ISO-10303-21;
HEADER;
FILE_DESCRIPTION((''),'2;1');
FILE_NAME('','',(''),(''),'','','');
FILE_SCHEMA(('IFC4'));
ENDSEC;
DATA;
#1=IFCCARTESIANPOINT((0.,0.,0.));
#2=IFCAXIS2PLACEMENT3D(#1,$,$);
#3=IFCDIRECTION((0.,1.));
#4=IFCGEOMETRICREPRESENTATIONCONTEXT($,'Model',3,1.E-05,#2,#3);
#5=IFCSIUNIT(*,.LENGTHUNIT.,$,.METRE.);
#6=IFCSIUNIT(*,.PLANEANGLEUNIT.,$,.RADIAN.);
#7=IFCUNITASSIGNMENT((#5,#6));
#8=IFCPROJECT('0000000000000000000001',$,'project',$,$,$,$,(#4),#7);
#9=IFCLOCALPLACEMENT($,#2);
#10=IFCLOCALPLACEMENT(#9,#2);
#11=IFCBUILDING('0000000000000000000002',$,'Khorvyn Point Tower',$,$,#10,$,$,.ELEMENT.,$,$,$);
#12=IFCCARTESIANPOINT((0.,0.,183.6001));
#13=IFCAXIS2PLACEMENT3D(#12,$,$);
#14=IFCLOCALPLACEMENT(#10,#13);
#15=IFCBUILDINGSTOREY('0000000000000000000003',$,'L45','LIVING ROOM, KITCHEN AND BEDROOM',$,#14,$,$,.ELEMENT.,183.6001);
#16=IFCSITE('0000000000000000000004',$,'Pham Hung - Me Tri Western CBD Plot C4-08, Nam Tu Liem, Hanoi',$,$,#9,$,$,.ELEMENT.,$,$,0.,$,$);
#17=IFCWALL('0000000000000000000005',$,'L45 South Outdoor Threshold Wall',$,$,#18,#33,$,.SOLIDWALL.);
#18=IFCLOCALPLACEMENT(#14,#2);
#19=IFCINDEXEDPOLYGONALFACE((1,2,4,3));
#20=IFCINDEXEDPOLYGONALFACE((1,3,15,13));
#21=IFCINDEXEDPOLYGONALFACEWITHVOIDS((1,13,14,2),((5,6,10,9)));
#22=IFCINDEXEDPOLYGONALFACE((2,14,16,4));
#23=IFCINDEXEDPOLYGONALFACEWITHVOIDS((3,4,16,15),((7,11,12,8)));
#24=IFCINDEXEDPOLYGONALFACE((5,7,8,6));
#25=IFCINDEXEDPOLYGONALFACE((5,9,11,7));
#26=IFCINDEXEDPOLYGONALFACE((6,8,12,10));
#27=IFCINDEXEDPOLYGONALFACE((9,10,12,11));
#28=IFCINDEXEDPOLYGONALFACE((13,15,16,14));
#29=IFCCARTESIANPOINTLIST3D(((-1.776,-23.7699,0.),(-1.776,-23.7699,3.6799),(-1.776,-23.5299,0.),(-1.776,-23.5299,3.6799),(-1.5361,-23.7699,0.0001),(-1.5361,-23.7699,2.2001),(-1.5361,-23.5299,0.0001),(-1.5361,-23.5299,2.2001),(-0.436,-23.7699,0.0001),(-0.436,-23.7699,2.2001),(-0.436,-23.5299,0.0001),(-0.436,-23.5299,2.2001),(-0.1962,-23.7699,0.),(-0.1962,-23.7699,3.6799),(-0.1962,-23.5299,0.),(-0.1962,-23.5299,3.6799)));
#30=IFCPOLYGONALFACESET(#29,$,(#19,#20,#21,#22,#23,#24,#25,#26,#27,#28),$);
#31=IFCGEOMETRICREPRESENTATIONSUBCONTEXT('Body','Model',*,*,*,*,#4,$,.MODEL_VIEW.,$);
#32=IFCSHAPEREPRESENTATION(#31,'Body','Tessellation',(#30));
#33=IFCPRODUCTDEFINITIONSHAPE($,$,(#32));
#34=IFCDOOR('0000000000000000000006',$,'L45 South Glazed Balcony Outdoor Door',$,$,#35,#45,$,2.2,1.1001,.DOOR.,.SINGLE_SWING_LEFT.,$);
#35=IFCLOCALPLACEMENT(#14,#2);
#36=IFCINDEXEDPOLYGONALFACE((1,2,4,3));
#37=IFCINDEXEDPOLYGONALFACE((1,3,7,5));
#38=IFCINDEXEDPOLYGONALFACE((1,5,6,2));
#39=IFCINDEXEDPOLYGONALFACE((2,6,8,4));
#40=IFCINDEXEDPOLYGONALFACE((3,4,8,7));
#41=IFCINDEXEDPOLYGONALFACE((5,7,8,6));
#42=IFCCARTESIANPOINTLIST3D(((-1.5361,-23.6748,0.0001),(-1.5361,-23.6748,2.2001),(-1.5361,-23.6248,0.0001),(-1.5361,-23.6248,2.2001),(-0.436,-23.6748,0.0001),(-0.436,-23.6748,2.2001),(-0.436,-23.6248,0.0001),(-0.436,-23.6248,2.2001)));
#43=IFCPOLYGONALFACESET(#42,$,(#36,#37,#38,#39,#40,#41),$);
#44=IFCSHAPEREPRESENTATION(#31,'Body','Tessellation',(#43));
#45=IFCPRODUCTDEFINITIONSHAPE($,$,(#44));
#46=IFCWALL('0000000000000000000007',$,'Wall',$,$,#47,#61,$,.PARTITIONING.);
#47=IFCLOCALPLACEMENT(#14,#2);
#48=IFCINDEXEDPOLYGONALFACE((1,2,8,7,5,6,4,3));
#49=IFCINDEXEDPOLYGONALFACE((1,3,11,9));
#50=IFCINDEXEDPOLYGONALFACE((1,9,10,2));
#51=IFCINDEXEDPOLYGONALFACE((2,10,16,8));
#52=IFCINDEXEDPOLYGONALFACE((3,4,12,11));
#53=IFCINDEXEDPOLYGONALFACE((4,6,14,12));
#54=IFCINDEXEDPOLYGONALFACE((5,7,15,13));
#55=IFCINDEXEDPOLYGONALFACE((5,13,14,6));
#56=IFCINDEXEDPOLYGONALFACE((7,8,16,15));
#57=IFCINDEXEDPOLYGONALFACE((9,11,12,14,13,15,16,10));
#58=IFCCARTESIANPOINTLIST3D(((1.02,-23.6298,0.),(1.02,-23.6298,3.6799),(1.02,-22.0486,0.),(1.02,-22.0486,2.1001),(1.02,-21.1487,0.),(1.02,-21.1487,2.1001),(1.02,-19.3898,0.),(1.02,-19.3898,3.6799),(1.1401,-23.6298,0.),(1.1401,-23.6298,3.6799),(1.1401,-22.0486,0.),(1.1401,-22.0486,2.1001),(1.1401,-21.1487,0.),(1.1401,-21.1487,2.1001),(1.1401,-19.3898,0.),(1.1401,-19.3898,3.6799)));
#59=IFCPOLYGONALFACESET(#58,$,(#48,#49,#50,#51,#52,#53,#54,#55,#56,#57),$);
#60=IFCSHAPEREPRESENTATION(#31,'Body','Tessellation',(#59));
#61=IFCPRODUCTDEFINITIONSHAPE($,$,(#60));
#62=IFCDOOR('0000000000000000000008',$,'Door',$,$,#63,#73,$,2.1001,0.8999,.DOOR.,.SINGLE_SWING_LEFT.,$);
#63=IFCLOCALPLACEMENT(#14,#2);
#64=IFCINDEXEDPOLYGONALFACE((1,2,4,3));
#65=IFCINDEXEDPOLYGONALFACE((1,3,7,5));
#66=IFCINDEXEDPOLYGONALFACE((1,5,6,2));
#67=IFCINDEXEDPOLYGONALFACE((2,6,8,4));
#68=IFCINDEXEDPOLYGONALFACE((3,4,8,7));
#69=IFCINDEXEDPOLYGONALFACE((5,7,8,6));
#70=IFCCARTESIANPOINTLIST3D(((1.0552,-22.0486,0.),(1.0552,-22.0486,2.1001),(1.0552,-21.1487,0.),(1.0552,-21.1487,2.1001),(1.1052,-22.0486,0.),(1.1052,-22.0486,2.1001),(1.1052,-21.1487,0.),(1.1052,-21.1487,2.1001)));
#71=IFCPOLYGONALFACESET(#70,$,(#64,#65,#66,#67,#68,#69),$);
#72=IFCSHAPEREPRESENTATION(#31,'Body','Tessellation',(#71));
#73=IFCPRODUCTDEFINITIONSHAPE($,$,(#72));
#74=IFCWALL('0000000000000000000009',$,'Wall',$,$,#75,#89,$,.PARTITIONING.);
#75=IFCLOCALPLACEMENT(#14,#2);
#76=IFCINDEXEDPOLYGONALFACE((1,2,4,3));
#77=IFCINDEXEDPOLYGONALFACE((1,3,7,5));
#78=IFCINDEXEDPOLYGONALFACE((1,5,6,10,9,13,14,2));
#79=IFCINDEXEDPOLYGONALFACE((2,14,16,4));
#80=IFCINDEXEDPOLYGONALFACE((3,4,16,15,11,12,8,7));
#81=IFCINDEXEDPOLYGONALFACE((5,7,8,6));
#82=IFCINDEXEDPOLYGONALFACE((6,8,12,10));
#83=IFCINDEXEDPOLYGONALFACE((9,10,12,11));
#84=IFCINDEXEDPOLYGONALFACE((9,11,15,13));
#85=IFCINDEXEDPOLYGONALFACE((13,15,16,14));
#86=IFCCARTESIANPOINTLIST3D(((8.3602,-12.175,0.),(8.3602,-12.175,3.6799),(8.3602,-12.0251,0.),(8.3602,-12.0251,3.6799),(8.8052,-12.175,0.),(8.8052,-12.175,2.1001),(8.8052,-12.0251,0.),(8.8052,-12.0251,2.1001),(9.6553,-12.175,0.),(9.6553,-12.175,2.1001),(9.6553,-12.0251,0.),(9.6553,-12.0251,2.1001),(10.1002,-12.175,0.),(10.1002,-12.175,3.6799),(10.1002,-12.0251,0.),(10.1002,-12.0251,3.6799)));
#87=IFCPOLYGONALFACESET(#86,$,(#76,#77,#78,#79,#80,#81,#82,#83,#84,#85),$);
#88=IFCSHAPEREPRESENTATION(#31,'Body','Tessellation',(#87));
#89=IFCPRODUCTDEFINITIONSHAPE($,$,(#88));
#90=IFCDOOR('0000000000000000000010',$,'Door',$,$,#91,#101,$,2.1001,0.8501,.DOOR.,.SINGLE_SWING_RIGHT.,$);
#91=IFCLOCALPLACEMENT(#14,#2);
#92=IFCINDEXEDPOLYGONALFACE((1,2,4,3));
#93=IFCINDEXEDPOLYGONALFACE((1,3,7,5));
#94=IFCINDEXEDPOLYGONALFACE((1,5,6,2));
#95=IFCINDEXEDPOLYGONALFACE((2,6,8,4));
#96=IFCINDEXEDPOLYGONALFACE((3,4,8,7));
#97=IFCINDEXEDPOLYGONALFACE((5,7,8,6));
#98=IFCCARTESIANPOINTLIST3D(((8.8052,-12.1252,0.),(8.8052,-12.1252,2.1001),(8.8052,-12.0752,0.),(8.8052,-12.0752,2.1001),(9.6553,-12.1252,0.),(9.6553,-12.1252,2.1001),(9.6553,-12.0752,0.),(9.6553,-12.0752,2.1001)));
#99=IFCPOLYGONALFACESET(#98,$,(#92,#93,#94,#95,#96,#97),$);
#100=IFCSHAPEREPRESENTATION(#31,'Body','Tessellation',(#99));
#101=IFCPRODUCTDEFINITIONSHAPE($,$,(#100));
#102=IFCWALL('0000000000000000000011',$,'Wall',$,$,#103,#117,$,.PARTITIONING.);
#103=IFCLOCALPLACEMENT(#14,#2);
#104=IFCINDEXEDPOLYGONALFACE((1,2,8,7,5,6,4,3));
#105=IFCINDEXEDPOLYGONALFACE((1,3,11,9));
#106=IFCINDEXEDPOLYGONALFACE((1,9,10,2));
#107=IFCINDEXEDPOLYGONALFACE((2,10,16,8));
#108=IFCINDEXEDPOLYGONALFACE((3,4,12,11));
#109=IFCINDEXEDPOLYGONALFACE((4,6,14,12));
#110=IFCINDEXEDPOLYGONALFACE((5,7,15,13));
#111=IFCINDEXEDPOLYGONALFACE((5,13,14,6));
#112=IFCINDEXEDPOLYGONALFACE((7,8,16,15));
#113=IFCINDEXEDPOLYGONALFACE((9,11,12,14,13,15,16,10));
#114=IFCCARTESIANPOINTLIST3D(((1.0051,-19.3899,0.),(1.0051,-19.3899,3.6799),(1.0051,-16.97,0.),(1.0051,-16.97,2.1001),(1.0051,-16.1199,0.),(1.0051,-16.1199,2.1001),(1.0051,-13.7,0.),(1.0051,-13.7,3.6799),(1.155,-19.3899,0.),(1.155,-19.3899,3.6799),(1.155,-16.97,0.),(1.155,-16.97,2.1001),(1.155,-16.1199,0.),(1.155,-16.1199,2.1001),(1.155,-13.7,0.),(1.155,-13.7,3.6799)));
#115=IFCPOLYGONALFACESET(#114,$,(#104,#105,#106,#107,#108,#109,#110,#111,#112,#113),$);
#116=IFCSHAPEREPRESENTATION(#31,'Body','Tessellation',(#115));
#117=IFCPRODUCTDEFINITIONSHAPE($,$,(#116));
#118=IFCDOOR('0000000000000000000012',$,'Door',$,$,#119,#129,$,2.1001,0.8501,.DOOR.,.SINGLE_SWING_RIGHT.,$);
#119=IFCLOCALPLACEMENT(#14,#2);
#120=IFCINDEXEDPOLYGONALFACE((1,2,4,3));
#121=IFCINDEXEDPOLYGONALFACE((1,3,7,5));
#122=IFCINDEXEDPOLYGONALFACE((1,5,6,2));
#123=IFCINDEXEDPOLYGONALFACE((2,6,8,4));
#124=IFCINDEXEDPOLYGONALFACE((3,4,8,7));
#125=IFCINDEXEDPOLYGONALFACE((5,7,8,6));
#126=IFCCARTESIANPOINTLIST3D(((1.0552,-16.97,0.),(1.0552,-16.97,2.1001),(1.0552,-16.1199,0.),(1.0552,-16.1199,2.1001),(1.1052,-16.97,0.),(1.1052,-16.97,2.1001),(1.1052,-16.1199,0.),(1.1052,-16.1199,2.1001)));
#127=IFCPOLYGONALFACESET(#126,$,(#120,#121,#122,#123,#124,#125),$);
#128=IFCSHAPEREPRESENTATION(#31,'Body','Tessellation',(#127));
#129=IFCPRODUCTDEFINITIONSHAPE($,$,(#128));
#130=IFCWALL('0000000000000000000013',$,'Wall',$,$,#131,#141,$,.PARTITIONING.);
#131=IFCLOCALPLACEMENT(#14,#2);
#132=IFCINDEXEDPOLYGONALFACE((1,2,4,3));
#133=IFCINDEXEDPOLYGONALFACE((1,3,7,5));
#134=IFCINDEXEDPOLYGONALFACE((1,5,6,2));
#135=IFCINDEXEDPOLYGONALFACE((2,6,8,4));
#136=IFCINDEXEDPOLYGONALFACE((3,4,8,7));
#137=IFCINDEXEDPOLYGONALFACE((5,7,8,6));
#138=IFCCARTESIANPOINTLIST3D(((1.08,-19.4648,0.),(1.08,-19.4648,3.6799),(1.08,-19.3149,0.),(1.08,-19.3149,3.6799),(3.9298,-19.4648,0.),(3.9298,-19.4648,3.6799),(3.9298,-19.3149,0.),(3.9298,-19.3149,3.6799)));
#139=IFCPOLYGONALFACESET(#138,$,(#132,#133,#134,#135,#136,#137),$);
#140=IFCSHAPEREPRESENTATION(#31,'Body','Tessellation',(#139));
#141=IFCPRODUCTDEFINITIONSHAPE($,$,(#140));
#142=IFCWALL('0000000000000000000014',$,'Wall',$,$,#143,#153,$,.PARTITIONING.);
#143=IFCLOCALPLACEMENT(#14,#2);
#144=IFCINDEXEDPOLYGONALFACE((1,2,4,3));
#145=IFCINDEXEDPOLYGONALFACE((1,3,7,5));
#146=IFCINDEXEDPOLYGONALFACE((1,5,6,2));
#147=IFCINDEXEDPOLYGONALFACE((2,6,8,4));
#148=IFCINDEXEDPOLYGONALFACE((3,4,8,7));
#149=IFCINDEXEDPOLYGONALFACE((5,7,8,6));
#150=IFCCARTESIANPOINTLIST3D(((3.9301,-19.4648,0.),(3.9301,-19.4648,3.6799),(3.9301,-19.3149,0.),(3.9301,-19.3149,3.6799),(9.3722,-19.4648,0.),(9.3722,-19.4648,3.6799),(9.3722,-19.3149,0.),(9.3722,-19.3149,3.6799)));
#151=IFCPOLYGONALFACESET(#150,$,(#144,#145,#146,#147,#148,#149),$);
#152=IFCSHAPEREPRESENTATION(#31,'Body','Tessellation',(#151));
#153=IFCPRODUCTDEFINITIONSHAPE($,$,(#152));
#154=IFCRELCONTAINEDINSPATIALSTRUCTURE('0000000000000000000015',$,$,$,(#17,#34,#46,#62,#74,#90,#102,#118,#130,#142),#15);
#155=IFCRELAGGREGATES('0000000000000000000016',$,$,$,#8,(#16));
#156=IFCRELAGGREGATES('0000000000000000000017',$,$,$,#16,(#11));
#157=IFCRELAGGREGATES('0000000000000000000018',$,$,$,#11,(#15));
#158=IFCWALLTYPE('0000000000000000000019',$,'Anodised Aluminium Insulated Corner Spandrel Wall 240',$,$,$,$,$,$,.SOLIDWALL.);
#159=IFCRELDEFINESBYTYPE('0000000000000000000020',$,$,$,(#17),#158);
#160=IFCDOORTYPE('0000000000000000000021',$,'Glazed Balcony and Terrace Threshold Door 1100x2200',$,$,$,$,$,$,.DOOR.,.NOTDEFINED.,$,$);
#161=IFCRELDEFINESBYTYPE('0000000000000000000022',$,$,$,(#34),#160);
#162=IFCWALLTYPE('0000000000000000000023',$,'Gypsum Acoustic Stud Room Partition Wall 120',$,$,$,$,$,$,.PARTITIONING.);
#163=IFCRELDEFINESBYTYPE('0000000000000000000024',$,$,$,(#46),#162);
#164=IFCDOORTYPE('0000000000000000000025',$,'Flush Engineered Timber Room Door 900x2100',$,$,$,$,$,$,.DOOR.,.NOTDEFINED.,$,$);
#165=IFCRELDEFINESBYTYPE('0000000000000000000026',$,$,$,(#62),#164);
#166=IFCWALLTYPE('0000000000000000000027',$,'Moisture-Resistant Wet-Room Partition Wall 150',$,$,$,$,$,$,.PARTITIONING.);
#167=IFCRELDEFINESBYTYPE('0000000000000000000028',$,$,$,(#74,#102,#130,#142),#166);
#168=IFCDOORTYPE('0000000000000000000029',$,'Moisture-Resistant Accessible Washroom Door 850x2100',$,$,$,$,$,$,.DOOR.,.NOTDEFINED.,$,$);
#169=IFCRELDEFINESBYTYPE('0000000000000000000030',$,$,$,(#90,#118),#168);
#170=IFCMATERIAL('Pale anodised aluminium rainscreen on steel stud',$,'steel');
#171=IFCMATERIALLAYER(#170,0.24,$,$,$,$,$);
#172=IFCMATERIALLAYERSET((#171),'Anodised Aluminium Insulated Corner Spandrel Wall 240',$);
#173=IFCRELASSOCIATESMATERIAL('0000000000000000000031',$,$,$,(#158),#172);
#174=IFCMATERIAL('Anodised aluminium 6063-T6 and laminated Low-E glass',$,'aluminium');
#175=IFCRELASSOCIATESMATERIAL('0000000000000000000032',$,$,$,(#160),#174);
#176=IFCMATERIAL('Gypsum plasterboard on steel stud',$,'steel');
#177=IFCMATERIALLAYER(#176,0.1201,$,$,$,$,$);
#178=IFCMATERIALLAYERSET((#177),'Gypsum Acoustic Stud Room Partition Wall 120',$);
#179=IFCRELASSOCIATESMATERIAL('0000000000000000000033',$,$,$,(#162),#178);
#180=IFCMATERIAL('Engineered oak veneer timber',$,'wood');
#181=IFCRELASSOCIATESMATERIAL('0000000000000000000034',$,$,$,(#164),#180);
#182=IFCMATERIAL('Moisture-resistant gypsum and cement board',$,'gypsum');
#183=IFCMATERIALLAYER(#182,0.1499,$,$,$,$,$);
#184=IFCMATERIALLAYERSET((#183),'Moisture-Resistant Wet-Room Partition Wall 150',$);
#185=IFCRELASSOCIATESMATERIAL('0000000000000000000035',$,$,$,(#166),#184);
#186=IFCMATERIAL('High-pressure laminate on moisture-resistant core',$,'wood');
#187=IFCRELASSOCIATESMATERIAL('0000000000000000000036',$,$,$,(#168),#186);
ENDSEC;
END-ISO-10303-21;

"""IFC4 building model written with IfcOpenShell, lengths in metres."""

from ifc_helpers import new_model, si_unit, direction, frame, frame_2d, origin, place, context, subcontext, project, spatial, rectangle, extrude, material, layer, layer_set, type_object, element, fill, save


model = new_model("IFC4")

# Units and contexts
model_context = context("Model", 3, precision=1e-05, world=origin(), true_north=direction((0.0, 1.0)))
body_context = subcontext(model_context, "Body", "Model", "MODEL_VIEW")
ifc_project = project(units=[si_unit("LENGTHUNIT", "METRE"), si_unit("PLANEANGLEUNIT", "RADIAN")], contexts=[model_context])

# Site, building, storey
site_placement = place(None, origin())
site = spatial("IfcSite", under=ifc_project, at=site_placement, Name="Pham Hung - Me Tri Western CBD Plot C4-08, Nam Tu Liem, Hanoi", CompositionType="ELEMENT", RefElevation=0.0)
building_placement = place(site_placement, origin())
building = spatial("IfcBuilding", under=site, at=building_placement, Name="Khorvyn Point Tower", CompositionType="ELEMENT")
storey_placement = place(building_placement, frame((0.0, 0.0, 183.6001)))
storey = spatial("IfcBuildingStorey", under=building, at=storey_placement, Name="L45", Description="LIVING ROOM, KITCHEN AND BEDROOM", CompositionType="ELEMENT", Elevation=183.6001)

# Shared definitions
ifc_material_1 = material(Name="Anodised aluminium 6063-T6 and laminated Low-E glass", Category="aluminium")

# Walls, openings, doors
ifc_material_2 = material(Name="Pale anodised aluminium rainscreen on steel stud", Category="steel")
ifc_layer_1 = layer(ifc_material_2, 0.24)
ifc_layer_set_1 = layer_set([ifc_layer_1], Name="Anodised Aluminium Insulated Corner Spandrel Wall 240")
wall_type_1 = type_object("IfcWallType", Name="Anodised Aluminium Insulated Corner Spandrel Wall 240", PredefinedType="SOLIDWALL", material=ifc_layer_set_1)
wall_1_placement = place(storey_placement, frame((-0.196, -23.6499, 0.0), z_axis=(0.0, 0.0, 1.0), x_axis=(-1.0, 0.0, 0.0)))
wall_1 = element("IfcWall", 1, at=wall_1_placement, inside=storey, type_object=wall_type_1, Name="L45 South Outdoor Threshold Wall", PredefinedType="SOLIDWALL", context=body_context, shape_type="SweptSolid", body=[
    extrude(rectangle(XDim=1.5798, YDim=0.24, at=frame_2d((0.79, 0.0))), origin(), (0.0, 0.0, 1.0), 3.6799),
])
opening_1_placement = place(wall_1_placement, frame((0.24, 0.0, 0.0)))
opening_1 = element("IfcOpeningElement", 2, at=opening_1_placement, cuts=wall_1, PredefinedType="OPENING", context=body_context, shape_type="SweptSolid", body=[
    extrude(rectangle(XDim=1.1001, YDim=2.2, at=frame_2d((0.55, 1.1001))), frame((0.0, 0.1299, 0.0), z_axis=(0.0, -1.0, 0.0), x_axis=(1.0, 0.0, 0.0)), (0.0, 0.0, 1.0), 0.26),
])
door_type_1 = type_object("IfcDoorType", Name="Glazed Balcony and Terrace Threshold Door 1100x2200", OperationType="NOTDEFINED", PredefinedType="DOOR", material=ifc_material_1)
door_1_placement = place(opening_1_placement, origin())
door_1 = element("IfcDoor", 3, at=door_1_placement, inside=storey, type_object=door_type_1, Name="L45 South Glazed Balcony Outdoor Door", OperationType="SINGLE_SWING_LEFT", OverallHeight=2.2, OverallWidth=1.1001, PredefinedType="DOOR", context=body_context, shape_type="SweptSolid", body=[
    extrude(rectangle(XDim=1.1001, YDim=2.2, at=frame_2d((0.55, 1.1001))), frame((0.0, 0.0249, 0.0), z_axis=(0.0, -1.0, 0.0), x_axis=(1.0, 0.0, 0.0)), (0.0, 0.0, 1.0), 0.05),
])
fill(opening_1, door_1)
ifc_material_3 = material(Name="Gypsum plasterboard on steel stud", Category="steel")
ifc_layer_2 = layer(ifc_material_3, 0.1201)
ifc_layer_set_2 = layer_set([ifc_layer_2], Name="Gypsum Acoustic Stud Room Partition Wall 120")
wall_type_2 = type_object("IfcWallType", Name="Gypsum Acoustic Stud Room Partition Wall 120", PredefinedType="PARTITIONING", material=ifc_layer_set_2)
wall_2_placement = place(storey_placement, frame((1.0801, -23.6299, 0.0), z_axis=(0.0, 0.0, 1.0), x_axis=(0.0, 1.0, 0.0)))
wall_2 = element("IfcWall", 4, at=wall_2_placement, inside=storey, type_object=wall_type_2, Name="Wall", PredefinedType="PARTITIONING", context=body_context, shape_type="SweptSolid", body=[
    extrude(rectangle(XDim=4.24, YDim=0.1201, at=frame_2d((2.1201, 0.0))), origin(), (0.0, 0.0, 1.0), 3.6799),
])
opening_2_placement = place(wall_2_placement, frame((1.5813, 0.0, 0.0)))
opening_2 = element("IfcOpeningElement", 5, at=opening_2_placement, cuts=wall_2, PredefinedType="OPENING", context=body_context, shape_type="SweptSolid", body=[
    extrude(rectangle(XDim=0.8999, YDim=2.1001, at=frame_2d((0.45, 1.05))), frame((0.0, 0.0701, 0.0), z_axis=(0.0, -1.0, 0.0), x_axis=(1.0, 0.0, 0.0)), (0.0, 0.0, 1.0), 0.1401),
])
ifc_material_4 = material(Name="Engineered oak veneer timber", Category="wood")
door_type_2 = type_object("IfcDoorType", Name="Flush Engineered Timber Room Door 900x2100", OperationType="NOTDEFINED", PredefinedType="DOOR", material=ifc_material_4)
door_2_placement = place(opening_2_placement, origin())
door_2 = element("IfcDoor", 6, at=door_2_placement, inside=storey, type_object=door_type_2, Name="Door", OperationType="SINGLE_SWING_LEFT", OverallHeight=2.1001, OverallWidth=0.8999, PredefinedType="DOOR", context=body_context, shape_type="SweptSolid", body=[
    extrude(rectangle(XDim=0.8999, YDim=2.1001, at=frame_2d((0.45, 1.05))), frame((0.0, 0.0249, 0.0), z_axis=(0.0, -1.0, 0.0), x_axis=(1.0, 0.0, 0.0)), (0.0, 0.0, 1.0), 0.05),
])
fill(opening_2, door_2)
ifc_material_5 = material(Name="Moisture-resistant gypsum and cement board", Category="gypsum")
ifc_layer_3 = layer(ifc_material_5, 0.1499)
ifc_layer_set_3 = layer_set([ifc_layer_3], Name="Moisture-Resistant Wet-Room Partition Wall 150")
wall_type_3 = type_object("IfcWallType", Name="Moisture-Resistant Wet-Room Partition Wall 150", PredefinedType="PARTITIONING", material=ifc_layer_set_3)
wall_3_placement = place(storey_placement, frame((8.3601, -12.1001, 0.0), z_axis=(0.0, 0.0, 1.0), x_axis=(1.0, 0.0, 0.0)))
wall_3 = element("IfcWall", 7, at=wall_3_placement, inside=storey, type_object=wall_type_3, Name="Wall", PredefinedType="PARTITIONING", context=body_context, shape_type="SweptSolid", body=[
    extrude(rectangle(XDim=1.74, YDim=0.1499, at=frame_2d((0.8701, 0.0))), origin(), (0.0, 0.0, 1.0), 3.6799),
])
opening_3_placement = place(wall_3_placement, frame((0.4451, 0.0, 0.0)))
opening_3 = element("IfcOpeningElement", 8, at=opening_3_placement, cuts=wall_3, PredefinedType="OPENING", context=body_context, shape_type="SweptSolid", body=[
    extrude(rectangle(XDim=0.8501, YDim=2.1001, at=frame_2d((0.425, 1.05))), frame((0.0, 0.085, 0.0), z_axis=(0.0, -1.0, 0.0), x_axis=(1.0, 0.0, 0.0)), (0.0, 0.0, 1.0), 0.1699),
])
ifc_material_6 = material(Name="High-pressure laminate on moisture-resistant core", Category="wood")
door_type_3 = type_object("IfcDoorType", Name="Moisture-Resistant Accessible Washroom Door 850x2100", OperationType="NOTDEFINED", PredefinedType="DOOR", material=ifc_material_6)
door_3_placement = place(opening_3_placement, origin())
door_3 = element("IfcDoor", 9, at=door_3_placement, inside=storey, type_object=door_type_3, Name="Door", OperationType="SINGLE_SWING_RIGHT", OverallHeight=2.1001, OverallWidth=0.8501, PredefinedType="DOOR", context=body_context, shape_type="SweptSolid", body=[
    extrude(rectangle(XDim=0.8501, YDim=2.1001, at=frame_2d((0.425, 1.05))), frame((0.0, 0.0249, 0.0), z_axis=(0.0, -1.0, 0.0), x_axis=(1.0, 0.0, 0.0)), (0.0, 0.0, 1.0), 0.05),
])
fill(opening_3, door_3)
wall_4_placement = place(storey_placement, frame((1.0801, -19.3899, 0.0), z_axis=(0.0, 0.0, 1.0), x_axis=(0.0, 1.0, 0.0)))
wall_4 = element("IfcWall", 10, at=wall_4_placement, inside=storey, type_object=wall_type_3, Name="Wall", PredefinedType="PARTITIONING", context=body_context, shape_type="SweptSolid", body=[
    extrude(rectangle(XDim=5.6899, YDim=0.1499, at=frame_2d((2.845, 0.0))), origin(), (0.0, 0.0, 1.0), 3.6799),
])
opening_4_placement = place(wall_4_placement, frame((2.4199, 0.0, 0.0)))
opening_4 = element("IfcOpeningElement", 11, at=opening_4_placement, cuts=wall_4, PredefinedType="OPENING", context=body_context, shape_type="SweptSolid", body=[
    extrude(rectangle(XDim=0.8501, YDim=2.1001, at=frame_2d((0.425, 1.05))), frame((0.0, 0.085, 0.0), z_axis=(0.0, -1.0, 0.0), x_axis=(1.0, 0.0, 0.0)), (0.0, 0.0, 1.0), 0.1699),
])
door_4_placement = place(opening_4_placement, origin())
door_4 = element("IfcDoor", 12, at=door_4_placement, inside=storey, type_object=door_type_3, Name="Door", OperationType="SINGLE_SWING_RIGHT", OverallHeight=2.1001, OverallWidth=0.8501, PredefinedType="DOOR", context=body_context, shape_type="SweptSolid", body=[
    extrude(rectangle(XDim=0.8501, YDim=2.1001, at=frame_2d((0.425, 1.05))), frame((0.0, 0.0249, 0.0), z_axis=(0.0, -1.0, 0.0), x_axis=(1.0, 0.0, 0.0)), (0.0, 0.0, 1.0), 0.05),
])
fill(opening_4, door_4)

# Walls
wall_5_placement = place(storey_placement, frame((1.0801, -19.3899, 0.0), z_axis=(0.0, 0.0, 1.0), x_axis=(1.0, 0.0, 0.0)))
element("IfcWall", 13, at=wall_5_placement, inside=storey, type_object=wall_type_3, Name="Wall", PredefinedType="PARTITIONING", context=body_context, shape_type="SweptSolid", body=[
    extrude(rectangle(XDim=2.8499, YDim=0.1499, at=frame_2d((1.4248, 0.0))), origin(), (0.0, 0.0, 1.0), 3.6799),
])
wall_6_placement = place(storey_placement, frame((3.9299, -19.3899, 0.0), z_axis=(0.0, 0.0, 1.0), x_axis=(1.0, 0.0, 0.0)))
element("IfcWall", 14, at=wall_6_placement, inside=storey, type_object=wall_type_3, Name="Wall", PredefinedType="PARTITIONING", context=body_context, shape_type="SweptSolid", body=[
    extrude(rectangle(XDim=5.4421, YDim=0.1499, at=frame_2d((2.7212, 0.0))), origin(), (0.0, 0.0, 1.0), 3.6799),
])

save(model, "model.ifc")
